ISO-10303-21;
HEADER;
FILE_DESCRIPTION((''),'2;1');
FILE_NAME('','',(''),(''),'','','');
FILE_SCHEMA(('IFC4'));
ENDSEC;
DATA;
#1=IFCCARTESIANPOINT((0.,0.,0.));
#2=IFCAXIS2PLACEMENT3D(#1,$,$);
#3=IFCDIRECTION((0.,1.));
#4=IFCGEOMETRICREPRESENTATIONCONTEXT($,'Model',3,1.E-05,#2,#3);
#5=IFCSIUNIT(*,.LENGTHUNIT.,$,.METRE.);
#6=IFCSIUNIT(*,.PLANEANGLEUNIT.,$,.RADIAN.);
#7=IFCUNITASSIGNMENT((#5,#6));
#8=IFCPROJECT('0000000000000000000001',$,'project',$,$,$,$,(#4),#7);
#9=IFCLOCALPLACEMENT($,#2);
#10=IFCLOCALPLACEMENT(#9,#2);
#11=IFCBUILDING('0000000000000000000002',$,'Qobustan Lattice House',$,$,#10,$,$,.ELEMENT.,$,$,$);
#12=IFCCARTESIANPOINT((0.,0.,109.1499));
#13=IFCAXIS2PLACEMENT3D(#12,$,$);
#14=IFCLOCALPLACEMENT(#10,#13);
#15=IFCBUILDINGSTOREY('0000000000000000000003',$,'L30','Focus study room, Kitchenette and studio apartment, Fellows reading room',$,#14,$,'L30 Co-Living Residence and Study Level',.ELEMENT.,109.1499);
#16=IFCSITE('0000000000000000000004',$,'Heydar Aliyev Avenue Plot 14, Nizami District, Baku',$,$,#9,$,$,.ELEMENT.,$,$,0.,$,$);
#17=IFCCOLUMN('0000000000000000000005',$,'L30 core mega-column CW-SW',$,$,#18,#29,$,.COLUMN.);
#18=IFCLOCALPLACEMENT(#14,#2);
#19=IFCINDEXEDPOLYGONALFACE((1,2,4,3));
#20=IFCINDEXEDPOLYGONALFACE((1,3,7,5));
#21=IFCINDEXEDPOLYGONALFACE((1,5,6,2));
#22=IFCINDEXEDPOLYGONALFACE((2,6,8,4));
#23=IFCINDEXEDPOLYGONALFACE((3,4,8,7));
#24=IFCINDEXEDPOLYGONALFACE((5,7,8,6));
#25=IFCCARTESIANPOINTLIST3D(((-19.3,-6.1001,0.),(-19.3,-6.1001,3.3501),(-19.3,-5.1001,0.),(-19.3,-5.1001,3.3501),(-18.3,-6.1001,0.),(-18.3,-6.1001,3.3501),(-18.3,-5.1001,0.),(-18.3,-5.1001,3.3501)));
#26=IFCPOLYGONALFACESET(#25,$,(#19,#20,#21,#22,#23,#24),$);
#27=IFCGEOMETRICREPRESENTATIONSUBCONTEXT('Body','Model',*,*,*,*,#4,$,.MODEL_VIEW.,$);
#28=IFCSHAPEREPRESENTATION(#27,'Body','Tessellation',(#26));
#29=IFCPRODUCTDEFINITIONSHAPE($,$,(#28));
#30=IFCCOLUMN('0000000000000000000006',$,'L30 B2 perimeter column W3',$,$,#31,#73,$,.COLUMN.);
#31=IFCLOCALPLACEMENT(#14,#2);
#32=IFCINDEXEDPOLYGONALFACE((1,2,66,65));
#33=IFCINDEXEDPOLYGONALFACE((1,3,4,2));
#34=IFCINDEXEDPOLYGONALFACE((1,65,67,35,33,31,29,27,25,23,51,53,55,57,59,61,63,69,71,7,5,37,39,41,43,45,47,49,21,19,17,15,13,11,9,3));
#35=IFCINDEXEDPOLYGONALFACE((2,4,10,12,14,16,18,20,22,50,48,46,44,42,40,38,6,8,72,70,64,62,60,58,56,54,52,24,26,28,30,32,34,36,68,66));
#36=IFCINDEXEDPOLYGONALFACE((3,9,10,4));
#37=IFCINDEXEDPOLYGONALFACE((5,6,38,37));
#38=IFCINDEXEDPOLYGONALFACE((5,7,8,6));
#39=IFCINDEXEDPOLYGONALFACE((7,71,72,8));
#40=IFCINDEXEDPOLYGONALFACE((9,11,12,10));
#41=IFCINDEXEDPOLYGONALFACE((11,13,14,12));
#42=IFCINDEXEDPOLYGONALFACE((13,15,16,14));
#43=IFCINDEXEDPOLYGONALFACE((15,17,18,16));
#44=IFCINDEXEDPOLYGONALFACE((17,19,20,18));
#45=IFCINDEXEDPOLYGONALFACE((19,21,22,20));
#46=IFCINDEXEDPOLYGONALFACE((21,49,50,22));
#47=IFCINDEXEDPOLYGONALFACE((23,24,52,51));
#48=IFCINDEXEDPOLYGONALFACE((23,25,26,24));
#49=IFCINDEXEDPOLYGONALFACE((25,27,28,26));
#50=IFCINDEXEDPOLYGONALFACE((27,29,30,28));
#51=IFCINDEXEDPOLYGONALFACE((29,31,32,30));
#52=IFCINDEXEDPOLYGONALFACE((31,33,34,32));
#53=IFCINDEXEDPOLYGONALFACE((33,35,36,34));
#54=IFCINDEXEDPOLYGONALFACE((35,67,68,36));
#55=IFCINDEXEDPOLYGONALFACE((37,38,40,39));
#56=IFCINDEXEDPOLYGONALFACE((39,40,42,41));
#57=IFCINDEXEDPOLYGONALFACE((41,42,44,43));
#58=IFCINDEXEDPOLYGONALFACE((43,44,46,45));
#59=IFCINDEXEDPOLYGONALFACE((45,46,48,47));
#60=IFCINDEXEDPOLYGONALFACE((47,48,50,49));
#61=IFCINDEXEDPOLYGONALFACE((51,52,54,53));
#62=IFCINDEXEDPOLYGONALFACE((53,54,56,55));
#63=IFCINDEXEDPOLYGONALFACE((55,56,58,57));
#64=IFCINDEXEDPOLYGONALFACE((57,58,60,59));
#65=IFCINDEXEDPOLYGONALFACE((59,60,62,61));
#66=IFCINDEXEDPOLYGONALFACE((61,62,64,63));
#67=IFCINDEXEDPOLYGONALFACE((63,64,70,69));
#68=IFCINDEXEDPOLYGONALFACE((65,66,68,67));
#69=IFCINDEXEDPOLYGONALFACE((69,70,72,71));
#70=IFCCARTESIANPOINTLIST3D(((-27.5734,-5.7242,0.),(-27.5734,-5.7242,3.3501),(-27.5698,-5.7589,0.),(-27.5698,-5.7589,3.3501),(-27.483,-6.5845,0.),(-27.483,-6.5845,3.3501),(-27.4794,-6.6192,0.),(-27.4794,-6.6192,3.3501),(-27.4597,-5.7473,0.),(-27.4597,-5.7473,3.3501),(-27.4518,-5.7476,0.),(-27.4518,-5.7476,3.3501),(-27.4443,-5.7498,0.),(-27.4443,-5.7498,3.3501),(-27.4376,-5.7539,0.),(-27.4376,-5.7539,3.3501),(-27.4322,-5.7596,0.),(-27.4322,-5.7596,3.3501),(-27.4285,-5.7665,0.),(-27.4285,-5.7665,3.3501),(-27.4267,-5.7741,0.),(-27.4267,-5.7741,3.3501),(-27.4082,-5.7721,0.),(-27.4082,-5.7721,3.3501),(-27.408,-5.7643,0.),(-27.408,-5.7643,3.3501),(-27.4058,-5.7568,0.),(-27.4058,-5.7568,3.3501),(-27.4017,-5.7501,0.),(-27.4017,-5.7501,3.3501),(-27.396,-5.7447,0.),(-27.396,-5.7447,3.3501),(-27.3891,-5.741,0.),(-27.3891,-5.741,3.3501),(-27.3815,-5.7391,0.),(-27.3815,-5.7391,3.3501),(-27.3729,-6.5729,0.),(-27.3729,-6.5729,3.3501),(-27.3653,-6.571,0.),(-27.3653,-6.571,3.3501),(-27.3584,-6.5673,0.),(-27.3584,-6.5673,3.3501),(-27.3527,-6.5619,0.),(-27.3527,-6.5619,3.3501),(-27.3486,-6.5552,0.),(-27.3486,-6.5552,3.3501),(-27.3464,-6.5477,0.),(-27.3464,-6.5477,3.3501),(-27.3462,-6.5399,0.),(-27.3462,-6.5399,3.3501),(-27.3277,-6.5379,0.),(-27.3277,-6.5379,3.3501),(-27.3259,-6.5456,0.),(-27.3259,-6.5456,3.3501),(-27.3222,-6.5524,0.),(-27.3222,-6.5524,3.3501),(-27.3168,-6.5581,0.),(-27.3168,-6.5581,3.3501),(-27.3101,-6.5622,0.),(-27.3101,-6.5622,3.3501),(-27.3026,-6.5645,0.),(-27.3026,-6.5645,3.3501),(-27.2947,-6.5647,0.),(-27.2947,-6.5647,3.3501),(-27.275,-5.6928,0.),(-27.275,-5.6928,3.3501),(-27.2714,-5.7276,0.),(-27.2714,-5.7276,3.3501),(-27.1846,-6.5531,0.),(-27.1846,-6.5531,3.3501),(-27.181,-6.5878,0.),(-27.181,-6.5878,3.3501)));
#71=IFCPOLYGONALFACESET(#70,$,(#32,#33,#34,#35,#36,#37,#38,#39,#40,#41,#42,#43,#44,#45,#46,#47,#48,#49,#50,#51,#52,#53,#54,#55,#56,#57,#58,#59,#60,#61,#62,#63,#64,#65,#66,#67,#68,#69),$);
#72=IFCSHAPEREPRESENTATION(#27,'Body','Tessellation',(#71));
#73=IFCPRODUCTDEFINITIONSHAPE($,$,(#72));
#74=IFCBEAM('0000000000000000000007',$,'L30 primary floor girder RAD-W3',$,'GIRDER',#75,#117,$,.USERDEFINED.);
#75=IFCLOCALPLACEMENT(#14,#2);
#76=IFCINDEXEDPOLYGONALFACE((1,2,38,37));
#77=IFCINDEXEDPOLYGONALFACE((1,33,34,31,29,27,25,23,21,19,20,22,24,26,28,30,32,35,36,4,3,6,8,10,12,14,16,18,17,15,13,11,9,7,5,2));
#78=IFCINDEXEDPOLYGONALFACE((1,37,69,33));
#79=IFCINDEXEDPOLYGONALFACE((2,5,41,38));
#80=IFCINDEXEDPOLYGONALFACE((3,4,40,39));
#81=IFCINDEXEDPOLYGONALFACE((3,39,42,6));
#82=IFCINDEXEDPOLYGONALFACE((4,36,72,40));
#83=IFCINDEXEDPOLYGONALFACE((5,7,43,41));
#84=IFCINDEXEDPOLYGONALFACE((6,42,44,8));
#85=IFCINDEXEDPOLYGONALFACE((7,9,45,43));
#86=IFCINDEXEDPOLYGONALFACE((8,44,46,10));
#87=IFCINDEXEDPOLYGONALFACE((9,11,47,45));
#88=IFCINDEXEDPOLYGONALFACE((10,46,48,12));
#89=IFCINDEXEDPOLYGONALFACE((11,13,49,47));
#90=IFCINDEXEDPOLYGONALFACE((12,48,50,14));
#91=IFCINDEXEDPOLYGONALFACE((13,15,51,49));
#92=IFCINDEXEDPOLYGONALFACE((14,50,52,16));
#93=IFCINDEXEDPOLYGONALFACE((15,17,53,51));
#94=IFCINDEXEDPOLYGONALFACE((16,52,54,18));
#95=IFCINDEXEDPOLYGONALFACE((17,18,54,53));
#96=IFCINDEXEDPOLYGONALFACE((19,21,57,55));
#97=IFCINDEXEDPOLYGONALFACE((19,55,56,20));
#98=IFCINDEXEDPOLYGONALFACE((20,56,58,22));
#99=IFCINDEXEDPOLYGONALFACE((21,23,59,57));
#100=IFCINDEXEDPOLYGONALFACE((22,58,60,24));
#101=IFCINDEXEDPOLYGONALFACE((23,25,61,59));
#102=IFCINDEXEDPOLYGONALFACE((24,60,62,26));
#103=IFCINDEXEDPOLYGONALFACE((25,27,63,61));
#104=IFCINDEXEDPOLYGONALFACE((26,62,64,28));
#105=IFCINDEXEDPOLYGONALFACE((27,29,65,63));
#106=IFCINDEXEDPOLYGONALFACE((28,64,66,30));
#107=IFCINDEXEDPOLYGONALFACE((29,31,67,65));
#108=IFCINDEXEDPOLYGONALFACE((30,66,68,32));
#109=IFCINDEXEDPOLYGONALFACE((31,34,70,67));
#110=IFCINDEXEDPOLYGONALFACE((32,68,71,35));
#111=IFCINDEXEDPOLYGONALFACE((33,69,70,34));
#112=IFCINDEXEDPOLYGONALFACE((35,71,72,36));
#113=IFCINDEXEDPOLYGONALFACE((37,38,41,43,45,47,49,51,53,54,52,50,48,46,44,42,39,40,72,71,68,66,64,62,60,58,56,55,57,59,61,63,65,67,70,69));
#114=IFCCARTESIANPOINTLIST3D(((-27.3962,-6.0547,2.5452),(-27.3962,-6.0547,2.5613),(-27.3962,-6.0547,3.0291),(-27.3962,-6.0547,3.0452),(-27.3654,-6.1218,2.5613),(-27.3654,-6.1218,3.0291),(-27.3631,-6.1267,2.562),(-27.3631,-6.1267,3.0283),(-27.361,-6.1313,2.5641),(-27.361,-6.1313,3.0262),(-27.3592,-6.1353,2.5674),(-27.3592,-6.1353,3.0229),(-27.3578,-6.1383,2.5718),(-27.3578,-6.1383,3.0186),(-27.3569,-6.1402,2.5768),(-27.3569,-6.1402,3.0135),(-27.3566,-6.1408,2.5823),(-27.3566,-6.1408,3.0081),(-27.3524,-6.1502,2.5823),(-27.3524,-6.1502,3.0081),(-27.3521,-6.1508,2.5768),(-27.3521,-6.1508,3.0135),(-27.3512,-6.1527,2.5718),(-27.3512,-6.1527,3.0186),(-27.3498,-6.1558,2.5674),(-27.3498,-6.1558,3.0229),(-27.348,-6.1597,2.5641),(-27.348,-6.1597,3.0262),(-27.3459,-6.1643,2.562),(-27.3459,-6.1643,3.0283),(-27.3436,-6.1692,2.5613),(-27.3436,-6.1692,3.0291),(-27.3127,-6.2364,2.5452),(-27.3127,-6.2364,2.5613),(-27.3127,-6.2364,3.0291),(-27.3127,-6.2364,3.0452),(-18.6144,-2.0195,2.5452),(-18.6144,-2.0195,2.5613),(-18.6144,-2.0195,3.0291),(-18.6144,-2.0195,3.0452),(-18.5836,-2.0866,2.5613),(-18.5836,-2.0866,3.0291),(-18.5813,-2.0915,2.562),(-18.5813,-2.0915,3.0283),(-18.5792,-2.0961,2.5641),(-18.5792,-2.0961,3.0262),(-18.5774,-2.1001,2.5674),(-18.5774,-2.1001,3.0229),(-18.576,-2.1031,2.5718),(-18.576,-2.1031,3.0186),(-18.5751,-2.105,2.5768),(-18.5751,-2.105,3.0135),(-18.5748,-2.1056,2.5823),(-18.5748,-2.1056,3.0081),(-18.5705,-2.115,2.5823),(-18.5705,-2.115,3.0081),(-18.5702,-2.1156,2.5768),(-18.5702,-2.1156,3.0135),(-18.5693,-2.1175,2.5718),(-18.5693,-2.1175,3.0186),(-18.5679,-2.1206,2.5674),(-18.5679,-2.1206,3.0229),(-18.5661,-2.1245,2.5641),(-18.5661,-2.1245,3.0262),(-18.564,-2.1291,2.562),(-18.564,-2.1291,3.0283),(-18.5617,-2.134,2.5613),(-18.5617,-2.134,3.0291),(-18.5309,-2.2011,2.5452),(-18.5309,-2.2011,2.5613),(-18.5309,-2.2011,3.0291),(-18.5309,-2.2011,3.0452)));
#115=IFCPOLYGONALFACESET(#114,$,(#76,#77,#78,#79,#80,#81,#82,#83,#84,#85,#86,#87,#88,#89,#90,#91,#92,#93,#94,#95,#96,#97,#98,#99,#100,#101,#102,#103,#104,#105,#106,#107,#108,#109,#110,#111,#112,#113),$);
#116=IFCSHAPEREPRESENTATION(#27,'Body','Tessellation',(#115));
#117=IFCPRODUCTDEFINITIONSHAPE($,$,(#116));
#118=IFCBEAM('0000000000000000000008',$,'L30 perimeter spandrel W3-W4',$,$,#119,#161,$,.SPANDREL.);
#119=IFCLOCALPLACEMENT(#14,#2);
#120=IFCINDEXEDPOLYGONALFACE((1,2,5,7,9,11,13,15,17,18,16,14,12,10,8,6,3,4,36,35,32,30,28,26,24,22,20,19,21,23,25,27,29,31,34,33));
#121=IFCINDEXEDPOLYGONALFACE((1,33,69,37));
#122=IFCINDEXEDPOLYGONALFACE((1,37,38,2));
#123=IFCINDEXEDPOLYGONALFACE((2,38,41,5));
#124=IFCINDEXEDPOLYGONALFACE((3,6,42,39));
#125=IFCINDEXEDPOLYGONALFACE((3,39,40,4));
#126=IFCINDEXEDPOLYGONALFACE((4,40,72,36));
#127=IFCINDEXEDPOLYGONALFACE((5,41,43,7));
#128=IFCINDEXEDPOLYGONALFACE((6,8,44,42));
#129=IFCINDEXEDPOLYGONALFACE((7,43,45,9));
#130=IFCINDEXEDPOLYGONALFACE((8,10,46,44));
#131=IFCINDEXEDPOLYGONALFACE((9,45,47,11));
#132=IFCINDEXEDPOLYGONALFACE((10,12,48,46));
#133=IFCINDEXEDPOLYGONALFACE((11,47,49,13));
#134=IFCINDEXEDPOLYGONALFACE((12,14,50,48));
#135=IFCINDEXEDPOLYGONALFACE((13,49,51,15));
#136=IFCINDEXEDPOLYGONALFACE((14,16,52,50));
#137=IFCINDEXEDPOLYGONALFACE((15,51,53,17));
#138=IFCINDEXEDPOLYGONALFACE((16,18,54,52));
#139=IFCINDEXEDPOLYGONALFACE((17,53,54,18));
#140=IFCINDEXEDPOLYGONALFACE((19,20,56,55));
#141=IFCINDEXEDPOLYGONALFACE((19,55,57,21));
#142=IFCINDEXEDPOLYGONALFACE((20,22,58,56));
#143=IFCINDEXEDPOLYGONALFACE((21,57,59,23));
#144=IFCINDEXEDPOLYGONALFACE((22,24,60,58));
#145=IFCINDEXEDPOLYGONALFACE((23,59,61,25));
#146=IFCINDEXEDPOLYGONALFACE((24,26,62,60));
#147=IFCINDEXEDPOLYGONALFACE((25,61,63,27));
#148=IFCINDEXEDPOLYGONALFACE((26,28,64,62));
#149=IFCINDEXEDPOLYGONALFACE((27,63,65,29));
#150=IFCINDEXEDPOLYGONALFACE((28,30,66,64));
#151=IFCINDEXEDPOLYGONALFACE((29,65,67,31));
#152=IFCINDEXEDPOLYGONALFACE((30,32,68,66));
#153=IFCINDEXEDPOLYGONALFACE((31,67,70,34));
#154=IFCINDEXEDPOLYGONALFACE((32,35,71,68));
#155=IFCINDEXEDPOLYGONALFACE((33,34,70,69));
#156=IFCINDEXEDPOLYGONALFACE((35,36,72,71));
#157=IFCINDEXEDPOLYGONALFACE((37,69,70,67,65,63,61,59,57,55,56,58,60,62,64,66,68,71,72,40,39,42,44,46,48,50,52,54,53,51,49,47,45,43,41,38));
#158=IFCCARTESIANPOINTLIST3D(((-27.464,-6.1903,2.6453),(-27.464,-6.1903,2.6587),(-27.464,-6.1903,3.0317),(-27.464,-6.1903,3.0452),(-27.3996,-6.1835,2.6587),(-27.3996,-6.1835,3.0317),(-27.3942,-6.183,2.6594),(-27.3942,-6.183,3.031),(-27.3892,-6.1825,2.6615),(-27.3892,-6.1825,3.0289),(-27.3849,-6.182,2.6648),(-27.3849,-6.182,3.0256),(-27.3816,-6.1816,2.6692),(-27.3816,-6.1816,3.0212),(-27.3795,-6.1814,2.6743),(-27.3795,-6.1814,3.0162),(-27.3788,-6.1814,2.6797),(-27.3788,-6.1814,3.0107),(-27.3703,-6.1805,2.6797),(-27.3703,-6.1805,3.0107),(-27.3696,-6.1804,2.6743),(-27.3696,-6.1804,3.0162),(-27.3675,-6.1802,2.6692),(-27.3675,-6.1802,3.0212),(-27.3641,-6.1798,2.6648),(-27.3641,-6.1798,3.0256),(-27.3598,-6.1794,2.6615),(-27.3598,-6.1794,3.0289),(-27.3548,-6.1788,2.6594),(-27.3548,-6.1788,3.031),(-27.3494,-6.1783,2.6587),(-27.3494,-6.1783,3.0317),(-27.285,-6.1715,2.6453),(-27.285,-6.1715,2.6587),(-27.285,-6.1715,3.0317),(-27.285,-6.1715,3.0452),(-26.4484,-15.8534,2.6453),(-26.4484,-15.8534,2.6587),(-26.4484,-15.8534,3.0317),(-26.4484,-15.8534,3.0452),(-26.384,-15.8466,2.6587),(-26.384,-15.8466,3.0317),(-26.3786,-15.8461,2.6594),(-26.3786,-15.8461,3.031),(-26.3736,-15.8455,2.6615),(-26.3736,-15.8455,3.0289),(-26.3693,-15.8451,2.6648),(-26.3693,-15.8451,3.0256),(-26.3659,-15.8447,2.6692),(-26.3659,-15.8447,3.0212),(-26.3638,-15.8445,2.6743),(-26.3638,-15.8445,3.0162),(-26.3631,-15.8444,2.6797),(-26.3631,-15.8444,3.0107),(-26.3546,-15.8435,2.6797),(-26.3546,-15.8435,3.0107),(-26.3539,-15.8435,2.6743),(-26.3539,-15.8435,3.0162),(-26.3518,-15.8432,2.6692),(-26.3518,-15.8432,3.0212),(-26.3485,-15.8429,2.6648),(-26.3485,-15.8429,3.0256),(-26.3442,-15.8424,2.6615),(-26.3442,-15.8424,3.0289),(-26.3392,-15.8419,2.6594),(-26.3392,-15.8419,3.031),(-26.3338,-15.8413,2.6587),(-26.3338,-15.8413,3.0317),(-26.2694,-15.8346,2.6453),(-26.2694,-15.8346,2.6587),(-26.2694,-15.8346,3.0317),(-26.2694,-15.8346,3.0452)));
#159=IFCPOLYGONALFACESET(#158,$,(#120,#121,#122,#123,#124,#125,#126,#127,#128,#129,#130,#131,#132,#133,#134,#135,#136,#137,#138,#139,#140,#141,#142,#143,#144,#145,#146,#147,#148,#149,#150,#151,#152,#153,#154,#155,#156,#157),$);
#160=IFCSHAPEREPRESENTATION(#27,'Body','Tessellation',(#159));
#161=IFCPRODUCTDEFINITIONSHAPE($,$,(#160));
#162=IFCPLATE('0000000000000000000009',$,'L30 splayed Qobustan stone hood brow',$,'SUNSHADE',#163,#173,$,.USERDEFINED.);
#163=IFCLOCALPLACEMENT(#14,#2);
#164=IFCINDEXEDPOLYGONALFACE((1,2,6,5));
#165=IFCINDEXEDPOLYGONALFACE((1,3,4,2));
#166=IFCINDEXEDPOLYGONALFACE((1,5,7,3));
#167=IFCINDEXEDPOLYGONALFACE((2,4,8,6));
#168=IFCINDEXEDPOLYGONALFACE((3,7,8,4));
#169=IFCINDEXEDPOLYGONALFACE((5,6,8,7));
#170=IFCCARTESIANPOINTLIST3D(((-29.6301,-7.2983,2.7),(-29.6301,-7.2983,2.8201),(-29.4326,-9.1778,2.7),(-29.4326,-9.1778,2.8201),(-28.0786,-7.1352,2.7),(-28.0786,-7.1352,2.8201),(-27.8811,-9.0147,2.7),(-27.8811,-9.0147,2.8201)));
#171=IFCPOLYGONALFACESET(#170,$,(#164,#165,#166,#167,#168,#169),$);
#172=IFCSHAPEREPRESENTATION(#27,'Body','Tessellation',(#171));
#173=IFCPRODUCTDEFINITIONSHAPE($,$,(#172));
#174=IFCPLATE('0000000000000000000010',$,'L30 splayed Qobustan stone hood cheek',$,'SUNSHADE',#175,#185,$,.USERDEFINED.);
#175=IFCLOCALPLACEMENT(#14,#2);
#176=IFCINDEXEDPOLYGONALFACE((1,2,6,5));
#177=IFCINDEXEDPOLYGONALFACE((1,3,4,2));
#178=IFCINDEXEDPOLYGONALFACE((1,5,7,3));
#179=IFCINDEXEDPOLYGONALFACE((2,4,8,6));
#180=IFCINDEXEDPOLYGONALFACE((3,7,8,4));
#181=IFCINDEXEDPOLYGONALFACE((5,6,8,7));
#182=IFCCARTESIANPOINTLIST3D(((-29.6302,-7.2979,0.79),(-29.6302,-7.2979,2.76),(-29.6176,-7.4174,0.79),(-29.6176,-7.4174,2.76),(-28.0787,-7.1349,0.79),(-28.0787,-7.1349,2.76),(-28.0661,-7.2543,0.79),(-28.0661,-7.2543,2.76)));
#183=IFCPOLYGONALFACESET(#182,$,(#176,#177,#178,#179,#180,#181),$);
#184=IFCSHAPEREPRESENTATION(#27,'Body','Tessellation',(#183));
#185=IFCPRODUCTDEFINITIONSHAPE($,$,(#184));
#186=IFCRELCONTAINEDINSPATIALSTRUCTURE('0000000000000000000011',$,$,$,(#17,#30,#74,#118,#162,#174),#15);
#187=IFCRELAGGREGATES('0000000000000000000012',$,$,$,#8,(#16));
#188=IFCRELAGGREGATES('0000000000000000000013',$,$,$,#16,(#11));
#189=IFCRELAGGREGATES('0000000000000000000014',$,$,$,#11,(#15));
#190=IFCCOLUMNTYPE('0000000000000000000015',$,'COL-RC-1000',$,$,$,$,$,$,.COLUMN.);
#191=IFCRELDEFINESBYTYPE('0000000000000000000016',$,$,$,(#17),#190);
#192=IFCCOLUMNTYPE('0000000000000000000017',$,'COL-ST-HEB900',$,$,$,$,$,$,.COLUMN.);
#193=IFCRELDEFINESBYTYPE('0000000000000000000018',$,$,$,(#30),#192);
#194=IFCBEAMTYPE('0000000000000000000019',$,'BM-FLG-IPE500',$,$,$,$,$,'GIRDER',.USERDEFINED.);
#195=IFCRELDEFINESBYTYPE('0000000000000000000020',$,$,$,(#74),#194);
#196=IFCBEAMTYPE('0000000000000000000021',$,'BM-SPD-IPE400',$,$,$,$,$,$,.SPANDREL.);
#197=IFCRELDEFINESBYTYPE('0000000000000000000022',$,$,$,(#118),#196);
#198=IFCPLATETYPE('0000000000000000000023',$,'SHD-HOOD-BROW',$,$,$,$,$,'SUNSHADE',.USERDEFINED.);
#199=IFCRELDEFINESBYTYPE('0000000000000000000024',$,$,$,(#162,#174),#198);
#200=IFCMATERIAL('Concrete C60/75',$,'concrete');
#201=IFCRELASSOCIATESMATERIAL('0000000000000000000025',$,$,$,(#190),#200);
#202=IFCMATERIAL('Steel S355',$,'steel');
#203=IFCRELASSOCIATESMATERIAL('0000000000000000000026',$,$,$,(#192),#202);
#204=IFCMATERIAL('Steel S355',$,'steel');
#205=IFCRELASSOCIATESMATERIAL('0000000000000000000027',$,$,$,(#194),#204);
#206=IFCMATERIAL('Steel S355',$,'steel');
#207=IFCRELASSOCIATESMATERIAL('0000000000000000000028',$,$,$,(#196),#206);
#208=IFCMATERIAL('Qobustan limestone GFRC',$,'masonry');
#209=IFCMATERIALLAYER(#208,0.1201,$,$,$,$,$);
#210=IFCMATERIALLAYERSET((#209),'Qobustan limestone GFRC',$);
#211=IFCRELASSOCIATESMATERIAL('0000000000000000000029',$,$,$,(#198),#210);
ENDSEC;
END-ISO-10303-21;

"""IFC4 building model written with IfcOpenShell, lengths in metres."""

from ifc_helpers import new_model, si_unit, direction, frame, origin, origin_2d, place, context, subcontext, project, spatial, rectangle, i_section, extrude, material, layer, layer_set, material_profile, profile_set, type_object, element, save


model = new_model("IFC4")

# Units and contexts
model_context = context("Model", 3, precision=1e-05, world=origin(), true_north=direction((0.0, 1.0)))
body_context = subcontext(model_context, "Body", "Model", "MODEL_VIEW")
ifc_project = project(units=[si_unit("LENGTHUNIT", "METRE"), si_unit("PLANEANGLEUNIT", "RADIAN")], contexts=[model_context])

# Site, building, storey
site_placement = place(None, origin())
site = spatial("IfcSite", under=ifc_project, at=site_placement, Name="Heydar Aliyev Avenue Plot 14, Nizami District, Baku", CompositionType="ELEMENT", RefElevation=0.0)
building_placement = place(site_placement, origin())
building = spatial("IfcBuilding", under=site, at=building_placement, Name="Qobustan Lattice House", CompositionType="ELEMENT")
storey_placement = place(building_placement, frame((0.0, 0.0, 109.1499)))
storey = spatial("IfcBuildingStorey", under=building, at=storey_placement, Name="L30", Description="Focus study room, Kitchenette and studio apartment, Fellows reading room", LongName="L30 Co-Living Residence and Study Level", CompositionType="ELEMENT", Elevation=109.1499)

# Columns
ifc_material_1 = material(Name="Concrete C60/75", Category="concrete")
ifc_material_profile_1 = material_profile(ifc_material_1, rectangle(XDim=1.0, YDim=1.0, at=origin_2d()), Name="RC1000x1000")
ifc_profile_set_1 = profile_set([ifc_material_profile_1], Name="Concrete C60/75")
column_type_1 = type_object("IfcColumnType", Name="COL-RC-1000", PredefinedType="COLUMN", material=ifc_profile_set_1)
column_1_placement = place(storey_placement, frame((-18.8, -5.6001, 0.0), z_axis=(0.0, 0.0, 1.0), x_axis=(1.0, 0.0, 0.0)))
element("IfcColumn", 1, at=column_1_placement, inside=storey, type_object=column_type_1, Name="L30 core mega-column CW-SW", PredefinedType="COLUMN", context=body_context, shape_type="SweptSolid", body=[
    extrude(rectangle(XDim=1.0, YDim=1.0, at=origin_2d()), origin(), (0.0, 0.0, 1.0), 3.3501),
])
ifc_material_2 = material(Name="Steel S355", Category="steel")
ifc_material_profile_2 = material_profile(ifc_material_2, i_section(OverallWidth=0.3, OverallDepth=0.8999, WebThickness=0.0186, FlangeThickness=0.0349, FilletRadius=0.03, at=origin_2d()), Name="HEB900")
ifc_profile_set_2 = profile_set([ifc_material_profile_2], Name="Steel S355")
column_type_2 = type_object("IfcColumnType", Name="COL-ST-HEB900", PredefinedType="COLUMN", material=ifc_profile_set_2)
column_2_placement = place(storey_placement, frame((-27.3772, -6.156, 0.0), z_axis=(0.0, 0.0, 1.0), x_axis=(0.994522, 0.104528, 0.0)))
element("IfcColumn", 2, at=column_2_placement, inside=storey, type_object=column_type_2, Name="L30 B2 perimeter column W3", PredefinedType="COLUMN", context=body_context, shape_type="SweptSolid", body=[
    extrude(i_section(OverallWidth=0.3, OverallDepth=0.8999, WebThickness=0.0186, FlangeThickness=0.0349, FilletRadius=0.03, at=origin_2d()), origin(), (0.0, 0.0, 1.0), 3.3501),
])

# Beams
ifc_material_3 = material(Name="Steel S355", Category="steel")
ifc_material_profile_3 = material_profile(ifc_material_3, i_section(OverallWidth=0.2, OverallDepth=0.5, WebThickness=0.0103, FlangeThickness=0.0161, FilletRadius=0.021, at=origin_2d()), Name="IPE500")
ifc_profile_set_3 = profile_set([ifc_material_profile_3], Name="Steel S355")
beam_type_1 = type_object("IfcBeamType", Name="BM-FLG-IPE500", ElementType="GIRDER", PredefinedType="USERDEFINED", material=ifc_profile_set_3)
beam_1_placement = place(storey_placement, frame((-27.3545, -6.1455, 2.7952), z_axis=(0.908665, 0.417526, 0.0), x_axis=(-0.417526, 0.908665, 0.0)))
element("IfcBeam", 3, at=beam_1_placement, inside=storey, type_object=beam_type_1, Name="L30 primary floor girder RAD-W3", ObjectType="GIRDER", PredefinedType="USERDEFINED", context=body_context, shape_type="SweptSolid", body=[
    extrude(i_section(OverallWidth=0.2, OverallDepth=0.5, WebThickness=0.0103, FlangeThickness=0.0161, FilletRadius=0.021, at=origin_2d()), origin(), (0.0, 0.0, 1.0), 9.6646),
])
ifc_material_4 = material(Name="Steel S355", Category="steel")
ifc_material_profile_4 = material_profile(ifc_material_4, i_section(OverallWidth=0.1799, OverallDepth=0.3999, WebThickness=0.0085, FlangeThickness=0.0134, FilletRadius=0.021, at=origin_2d()), Name="IPE400")
ifc_profile_set_4 = profile_set([ifc_material_profile_4], Name="Steel S355")
beam_type_2 = type_object("IfcBeamType", Name="BM-SPD-IPE400", PredefinedType="SPANDREL", material=ifc_profile_set_4)
beam_2_placement = place(storey_placement, frame((-27.3745, -6.1809, 2.8452), z_axis=(0.104528, -0.994522, 0.0), x_axis=(0.994522, 0.104528, 0.0)))
element("IfcBeam", 4, at=beam_2_placement, inside=storey, type_object=beam_type_2, Name="L30 perimeter spandrel W3-W4", PredefinedType="SPANDREL", context=body_context, shape_type="SweptSolid", body=[
    extrude(i_section(OverallWidth=0.1799, OverallDepth=0.3999, WebThickness=0.0085, FlangeThickness=0.0134, FilletRadius=0.021, at=origin_2d()), origin(), (0.0, 0.0, 1.0), 9.7163),
])

# Plates
ifc_material_5 = material(Name="Qobustan limestone GFRC", Category="masonry")
ifc_layer_1 = layer(ifc_material_5, 0.1201)
ifc_layer_set_1 = layer_set([ifc_layer_1], Name="Qobustan limestone GFRC")
plate_type = type_object("IfcPlateType", Name="SHD-HOOD-BROW", ElementType="SUNSHADE", PredefinedType="USERDEFINED", material=ifc_layer_set_1)
plate_1_placement = place(storey_placement, frame((-28.7556, -8.1565, 2.7), z_axis=(0.0, 0.0, 1.0), x_axis=(-0.104528, 0.994522, 0.0)))
element("IfcPlate", 5, at=plate_1_placement, inside=storey, type_object=plate_type, Name="L30 splayed Qobustan stone hood brow", ObjectType="SUNSHADE", PredefinedType="USERDEFINED", context=body_context, shape_type="SweptSolid", body=[
    extrude(rectangle(XDim=1.8899, YDim=1.5601, at=origin_2d()), origin(), (0.0, 0.0, 1.0), 0.1201),
])
plate_2_placement = place(storey_placement, frame((-28.8481, -7.2761, 0.79), z_axis=(0.0, 0.0, 1.0), x_axis=(-0.104528, 0.994522, 0.0)))
element("IfcPlate", 6, at=plate_2_placement, inside=storey, type_object=plate_type, Name="L30 splayed Qobustan stone hood cheek", ObjectType="SUNSHADE", PredefinedType="USERDEFINED", context=body_context, shape_type="SweptSolid", body=[
    extrude(rectangle(XDim=0.1201, YDim=1.5601, at=origin_2d()), origin(), (0.0, 0.0, 1.0), 1.97),
])

save(model, "model.ifc")
